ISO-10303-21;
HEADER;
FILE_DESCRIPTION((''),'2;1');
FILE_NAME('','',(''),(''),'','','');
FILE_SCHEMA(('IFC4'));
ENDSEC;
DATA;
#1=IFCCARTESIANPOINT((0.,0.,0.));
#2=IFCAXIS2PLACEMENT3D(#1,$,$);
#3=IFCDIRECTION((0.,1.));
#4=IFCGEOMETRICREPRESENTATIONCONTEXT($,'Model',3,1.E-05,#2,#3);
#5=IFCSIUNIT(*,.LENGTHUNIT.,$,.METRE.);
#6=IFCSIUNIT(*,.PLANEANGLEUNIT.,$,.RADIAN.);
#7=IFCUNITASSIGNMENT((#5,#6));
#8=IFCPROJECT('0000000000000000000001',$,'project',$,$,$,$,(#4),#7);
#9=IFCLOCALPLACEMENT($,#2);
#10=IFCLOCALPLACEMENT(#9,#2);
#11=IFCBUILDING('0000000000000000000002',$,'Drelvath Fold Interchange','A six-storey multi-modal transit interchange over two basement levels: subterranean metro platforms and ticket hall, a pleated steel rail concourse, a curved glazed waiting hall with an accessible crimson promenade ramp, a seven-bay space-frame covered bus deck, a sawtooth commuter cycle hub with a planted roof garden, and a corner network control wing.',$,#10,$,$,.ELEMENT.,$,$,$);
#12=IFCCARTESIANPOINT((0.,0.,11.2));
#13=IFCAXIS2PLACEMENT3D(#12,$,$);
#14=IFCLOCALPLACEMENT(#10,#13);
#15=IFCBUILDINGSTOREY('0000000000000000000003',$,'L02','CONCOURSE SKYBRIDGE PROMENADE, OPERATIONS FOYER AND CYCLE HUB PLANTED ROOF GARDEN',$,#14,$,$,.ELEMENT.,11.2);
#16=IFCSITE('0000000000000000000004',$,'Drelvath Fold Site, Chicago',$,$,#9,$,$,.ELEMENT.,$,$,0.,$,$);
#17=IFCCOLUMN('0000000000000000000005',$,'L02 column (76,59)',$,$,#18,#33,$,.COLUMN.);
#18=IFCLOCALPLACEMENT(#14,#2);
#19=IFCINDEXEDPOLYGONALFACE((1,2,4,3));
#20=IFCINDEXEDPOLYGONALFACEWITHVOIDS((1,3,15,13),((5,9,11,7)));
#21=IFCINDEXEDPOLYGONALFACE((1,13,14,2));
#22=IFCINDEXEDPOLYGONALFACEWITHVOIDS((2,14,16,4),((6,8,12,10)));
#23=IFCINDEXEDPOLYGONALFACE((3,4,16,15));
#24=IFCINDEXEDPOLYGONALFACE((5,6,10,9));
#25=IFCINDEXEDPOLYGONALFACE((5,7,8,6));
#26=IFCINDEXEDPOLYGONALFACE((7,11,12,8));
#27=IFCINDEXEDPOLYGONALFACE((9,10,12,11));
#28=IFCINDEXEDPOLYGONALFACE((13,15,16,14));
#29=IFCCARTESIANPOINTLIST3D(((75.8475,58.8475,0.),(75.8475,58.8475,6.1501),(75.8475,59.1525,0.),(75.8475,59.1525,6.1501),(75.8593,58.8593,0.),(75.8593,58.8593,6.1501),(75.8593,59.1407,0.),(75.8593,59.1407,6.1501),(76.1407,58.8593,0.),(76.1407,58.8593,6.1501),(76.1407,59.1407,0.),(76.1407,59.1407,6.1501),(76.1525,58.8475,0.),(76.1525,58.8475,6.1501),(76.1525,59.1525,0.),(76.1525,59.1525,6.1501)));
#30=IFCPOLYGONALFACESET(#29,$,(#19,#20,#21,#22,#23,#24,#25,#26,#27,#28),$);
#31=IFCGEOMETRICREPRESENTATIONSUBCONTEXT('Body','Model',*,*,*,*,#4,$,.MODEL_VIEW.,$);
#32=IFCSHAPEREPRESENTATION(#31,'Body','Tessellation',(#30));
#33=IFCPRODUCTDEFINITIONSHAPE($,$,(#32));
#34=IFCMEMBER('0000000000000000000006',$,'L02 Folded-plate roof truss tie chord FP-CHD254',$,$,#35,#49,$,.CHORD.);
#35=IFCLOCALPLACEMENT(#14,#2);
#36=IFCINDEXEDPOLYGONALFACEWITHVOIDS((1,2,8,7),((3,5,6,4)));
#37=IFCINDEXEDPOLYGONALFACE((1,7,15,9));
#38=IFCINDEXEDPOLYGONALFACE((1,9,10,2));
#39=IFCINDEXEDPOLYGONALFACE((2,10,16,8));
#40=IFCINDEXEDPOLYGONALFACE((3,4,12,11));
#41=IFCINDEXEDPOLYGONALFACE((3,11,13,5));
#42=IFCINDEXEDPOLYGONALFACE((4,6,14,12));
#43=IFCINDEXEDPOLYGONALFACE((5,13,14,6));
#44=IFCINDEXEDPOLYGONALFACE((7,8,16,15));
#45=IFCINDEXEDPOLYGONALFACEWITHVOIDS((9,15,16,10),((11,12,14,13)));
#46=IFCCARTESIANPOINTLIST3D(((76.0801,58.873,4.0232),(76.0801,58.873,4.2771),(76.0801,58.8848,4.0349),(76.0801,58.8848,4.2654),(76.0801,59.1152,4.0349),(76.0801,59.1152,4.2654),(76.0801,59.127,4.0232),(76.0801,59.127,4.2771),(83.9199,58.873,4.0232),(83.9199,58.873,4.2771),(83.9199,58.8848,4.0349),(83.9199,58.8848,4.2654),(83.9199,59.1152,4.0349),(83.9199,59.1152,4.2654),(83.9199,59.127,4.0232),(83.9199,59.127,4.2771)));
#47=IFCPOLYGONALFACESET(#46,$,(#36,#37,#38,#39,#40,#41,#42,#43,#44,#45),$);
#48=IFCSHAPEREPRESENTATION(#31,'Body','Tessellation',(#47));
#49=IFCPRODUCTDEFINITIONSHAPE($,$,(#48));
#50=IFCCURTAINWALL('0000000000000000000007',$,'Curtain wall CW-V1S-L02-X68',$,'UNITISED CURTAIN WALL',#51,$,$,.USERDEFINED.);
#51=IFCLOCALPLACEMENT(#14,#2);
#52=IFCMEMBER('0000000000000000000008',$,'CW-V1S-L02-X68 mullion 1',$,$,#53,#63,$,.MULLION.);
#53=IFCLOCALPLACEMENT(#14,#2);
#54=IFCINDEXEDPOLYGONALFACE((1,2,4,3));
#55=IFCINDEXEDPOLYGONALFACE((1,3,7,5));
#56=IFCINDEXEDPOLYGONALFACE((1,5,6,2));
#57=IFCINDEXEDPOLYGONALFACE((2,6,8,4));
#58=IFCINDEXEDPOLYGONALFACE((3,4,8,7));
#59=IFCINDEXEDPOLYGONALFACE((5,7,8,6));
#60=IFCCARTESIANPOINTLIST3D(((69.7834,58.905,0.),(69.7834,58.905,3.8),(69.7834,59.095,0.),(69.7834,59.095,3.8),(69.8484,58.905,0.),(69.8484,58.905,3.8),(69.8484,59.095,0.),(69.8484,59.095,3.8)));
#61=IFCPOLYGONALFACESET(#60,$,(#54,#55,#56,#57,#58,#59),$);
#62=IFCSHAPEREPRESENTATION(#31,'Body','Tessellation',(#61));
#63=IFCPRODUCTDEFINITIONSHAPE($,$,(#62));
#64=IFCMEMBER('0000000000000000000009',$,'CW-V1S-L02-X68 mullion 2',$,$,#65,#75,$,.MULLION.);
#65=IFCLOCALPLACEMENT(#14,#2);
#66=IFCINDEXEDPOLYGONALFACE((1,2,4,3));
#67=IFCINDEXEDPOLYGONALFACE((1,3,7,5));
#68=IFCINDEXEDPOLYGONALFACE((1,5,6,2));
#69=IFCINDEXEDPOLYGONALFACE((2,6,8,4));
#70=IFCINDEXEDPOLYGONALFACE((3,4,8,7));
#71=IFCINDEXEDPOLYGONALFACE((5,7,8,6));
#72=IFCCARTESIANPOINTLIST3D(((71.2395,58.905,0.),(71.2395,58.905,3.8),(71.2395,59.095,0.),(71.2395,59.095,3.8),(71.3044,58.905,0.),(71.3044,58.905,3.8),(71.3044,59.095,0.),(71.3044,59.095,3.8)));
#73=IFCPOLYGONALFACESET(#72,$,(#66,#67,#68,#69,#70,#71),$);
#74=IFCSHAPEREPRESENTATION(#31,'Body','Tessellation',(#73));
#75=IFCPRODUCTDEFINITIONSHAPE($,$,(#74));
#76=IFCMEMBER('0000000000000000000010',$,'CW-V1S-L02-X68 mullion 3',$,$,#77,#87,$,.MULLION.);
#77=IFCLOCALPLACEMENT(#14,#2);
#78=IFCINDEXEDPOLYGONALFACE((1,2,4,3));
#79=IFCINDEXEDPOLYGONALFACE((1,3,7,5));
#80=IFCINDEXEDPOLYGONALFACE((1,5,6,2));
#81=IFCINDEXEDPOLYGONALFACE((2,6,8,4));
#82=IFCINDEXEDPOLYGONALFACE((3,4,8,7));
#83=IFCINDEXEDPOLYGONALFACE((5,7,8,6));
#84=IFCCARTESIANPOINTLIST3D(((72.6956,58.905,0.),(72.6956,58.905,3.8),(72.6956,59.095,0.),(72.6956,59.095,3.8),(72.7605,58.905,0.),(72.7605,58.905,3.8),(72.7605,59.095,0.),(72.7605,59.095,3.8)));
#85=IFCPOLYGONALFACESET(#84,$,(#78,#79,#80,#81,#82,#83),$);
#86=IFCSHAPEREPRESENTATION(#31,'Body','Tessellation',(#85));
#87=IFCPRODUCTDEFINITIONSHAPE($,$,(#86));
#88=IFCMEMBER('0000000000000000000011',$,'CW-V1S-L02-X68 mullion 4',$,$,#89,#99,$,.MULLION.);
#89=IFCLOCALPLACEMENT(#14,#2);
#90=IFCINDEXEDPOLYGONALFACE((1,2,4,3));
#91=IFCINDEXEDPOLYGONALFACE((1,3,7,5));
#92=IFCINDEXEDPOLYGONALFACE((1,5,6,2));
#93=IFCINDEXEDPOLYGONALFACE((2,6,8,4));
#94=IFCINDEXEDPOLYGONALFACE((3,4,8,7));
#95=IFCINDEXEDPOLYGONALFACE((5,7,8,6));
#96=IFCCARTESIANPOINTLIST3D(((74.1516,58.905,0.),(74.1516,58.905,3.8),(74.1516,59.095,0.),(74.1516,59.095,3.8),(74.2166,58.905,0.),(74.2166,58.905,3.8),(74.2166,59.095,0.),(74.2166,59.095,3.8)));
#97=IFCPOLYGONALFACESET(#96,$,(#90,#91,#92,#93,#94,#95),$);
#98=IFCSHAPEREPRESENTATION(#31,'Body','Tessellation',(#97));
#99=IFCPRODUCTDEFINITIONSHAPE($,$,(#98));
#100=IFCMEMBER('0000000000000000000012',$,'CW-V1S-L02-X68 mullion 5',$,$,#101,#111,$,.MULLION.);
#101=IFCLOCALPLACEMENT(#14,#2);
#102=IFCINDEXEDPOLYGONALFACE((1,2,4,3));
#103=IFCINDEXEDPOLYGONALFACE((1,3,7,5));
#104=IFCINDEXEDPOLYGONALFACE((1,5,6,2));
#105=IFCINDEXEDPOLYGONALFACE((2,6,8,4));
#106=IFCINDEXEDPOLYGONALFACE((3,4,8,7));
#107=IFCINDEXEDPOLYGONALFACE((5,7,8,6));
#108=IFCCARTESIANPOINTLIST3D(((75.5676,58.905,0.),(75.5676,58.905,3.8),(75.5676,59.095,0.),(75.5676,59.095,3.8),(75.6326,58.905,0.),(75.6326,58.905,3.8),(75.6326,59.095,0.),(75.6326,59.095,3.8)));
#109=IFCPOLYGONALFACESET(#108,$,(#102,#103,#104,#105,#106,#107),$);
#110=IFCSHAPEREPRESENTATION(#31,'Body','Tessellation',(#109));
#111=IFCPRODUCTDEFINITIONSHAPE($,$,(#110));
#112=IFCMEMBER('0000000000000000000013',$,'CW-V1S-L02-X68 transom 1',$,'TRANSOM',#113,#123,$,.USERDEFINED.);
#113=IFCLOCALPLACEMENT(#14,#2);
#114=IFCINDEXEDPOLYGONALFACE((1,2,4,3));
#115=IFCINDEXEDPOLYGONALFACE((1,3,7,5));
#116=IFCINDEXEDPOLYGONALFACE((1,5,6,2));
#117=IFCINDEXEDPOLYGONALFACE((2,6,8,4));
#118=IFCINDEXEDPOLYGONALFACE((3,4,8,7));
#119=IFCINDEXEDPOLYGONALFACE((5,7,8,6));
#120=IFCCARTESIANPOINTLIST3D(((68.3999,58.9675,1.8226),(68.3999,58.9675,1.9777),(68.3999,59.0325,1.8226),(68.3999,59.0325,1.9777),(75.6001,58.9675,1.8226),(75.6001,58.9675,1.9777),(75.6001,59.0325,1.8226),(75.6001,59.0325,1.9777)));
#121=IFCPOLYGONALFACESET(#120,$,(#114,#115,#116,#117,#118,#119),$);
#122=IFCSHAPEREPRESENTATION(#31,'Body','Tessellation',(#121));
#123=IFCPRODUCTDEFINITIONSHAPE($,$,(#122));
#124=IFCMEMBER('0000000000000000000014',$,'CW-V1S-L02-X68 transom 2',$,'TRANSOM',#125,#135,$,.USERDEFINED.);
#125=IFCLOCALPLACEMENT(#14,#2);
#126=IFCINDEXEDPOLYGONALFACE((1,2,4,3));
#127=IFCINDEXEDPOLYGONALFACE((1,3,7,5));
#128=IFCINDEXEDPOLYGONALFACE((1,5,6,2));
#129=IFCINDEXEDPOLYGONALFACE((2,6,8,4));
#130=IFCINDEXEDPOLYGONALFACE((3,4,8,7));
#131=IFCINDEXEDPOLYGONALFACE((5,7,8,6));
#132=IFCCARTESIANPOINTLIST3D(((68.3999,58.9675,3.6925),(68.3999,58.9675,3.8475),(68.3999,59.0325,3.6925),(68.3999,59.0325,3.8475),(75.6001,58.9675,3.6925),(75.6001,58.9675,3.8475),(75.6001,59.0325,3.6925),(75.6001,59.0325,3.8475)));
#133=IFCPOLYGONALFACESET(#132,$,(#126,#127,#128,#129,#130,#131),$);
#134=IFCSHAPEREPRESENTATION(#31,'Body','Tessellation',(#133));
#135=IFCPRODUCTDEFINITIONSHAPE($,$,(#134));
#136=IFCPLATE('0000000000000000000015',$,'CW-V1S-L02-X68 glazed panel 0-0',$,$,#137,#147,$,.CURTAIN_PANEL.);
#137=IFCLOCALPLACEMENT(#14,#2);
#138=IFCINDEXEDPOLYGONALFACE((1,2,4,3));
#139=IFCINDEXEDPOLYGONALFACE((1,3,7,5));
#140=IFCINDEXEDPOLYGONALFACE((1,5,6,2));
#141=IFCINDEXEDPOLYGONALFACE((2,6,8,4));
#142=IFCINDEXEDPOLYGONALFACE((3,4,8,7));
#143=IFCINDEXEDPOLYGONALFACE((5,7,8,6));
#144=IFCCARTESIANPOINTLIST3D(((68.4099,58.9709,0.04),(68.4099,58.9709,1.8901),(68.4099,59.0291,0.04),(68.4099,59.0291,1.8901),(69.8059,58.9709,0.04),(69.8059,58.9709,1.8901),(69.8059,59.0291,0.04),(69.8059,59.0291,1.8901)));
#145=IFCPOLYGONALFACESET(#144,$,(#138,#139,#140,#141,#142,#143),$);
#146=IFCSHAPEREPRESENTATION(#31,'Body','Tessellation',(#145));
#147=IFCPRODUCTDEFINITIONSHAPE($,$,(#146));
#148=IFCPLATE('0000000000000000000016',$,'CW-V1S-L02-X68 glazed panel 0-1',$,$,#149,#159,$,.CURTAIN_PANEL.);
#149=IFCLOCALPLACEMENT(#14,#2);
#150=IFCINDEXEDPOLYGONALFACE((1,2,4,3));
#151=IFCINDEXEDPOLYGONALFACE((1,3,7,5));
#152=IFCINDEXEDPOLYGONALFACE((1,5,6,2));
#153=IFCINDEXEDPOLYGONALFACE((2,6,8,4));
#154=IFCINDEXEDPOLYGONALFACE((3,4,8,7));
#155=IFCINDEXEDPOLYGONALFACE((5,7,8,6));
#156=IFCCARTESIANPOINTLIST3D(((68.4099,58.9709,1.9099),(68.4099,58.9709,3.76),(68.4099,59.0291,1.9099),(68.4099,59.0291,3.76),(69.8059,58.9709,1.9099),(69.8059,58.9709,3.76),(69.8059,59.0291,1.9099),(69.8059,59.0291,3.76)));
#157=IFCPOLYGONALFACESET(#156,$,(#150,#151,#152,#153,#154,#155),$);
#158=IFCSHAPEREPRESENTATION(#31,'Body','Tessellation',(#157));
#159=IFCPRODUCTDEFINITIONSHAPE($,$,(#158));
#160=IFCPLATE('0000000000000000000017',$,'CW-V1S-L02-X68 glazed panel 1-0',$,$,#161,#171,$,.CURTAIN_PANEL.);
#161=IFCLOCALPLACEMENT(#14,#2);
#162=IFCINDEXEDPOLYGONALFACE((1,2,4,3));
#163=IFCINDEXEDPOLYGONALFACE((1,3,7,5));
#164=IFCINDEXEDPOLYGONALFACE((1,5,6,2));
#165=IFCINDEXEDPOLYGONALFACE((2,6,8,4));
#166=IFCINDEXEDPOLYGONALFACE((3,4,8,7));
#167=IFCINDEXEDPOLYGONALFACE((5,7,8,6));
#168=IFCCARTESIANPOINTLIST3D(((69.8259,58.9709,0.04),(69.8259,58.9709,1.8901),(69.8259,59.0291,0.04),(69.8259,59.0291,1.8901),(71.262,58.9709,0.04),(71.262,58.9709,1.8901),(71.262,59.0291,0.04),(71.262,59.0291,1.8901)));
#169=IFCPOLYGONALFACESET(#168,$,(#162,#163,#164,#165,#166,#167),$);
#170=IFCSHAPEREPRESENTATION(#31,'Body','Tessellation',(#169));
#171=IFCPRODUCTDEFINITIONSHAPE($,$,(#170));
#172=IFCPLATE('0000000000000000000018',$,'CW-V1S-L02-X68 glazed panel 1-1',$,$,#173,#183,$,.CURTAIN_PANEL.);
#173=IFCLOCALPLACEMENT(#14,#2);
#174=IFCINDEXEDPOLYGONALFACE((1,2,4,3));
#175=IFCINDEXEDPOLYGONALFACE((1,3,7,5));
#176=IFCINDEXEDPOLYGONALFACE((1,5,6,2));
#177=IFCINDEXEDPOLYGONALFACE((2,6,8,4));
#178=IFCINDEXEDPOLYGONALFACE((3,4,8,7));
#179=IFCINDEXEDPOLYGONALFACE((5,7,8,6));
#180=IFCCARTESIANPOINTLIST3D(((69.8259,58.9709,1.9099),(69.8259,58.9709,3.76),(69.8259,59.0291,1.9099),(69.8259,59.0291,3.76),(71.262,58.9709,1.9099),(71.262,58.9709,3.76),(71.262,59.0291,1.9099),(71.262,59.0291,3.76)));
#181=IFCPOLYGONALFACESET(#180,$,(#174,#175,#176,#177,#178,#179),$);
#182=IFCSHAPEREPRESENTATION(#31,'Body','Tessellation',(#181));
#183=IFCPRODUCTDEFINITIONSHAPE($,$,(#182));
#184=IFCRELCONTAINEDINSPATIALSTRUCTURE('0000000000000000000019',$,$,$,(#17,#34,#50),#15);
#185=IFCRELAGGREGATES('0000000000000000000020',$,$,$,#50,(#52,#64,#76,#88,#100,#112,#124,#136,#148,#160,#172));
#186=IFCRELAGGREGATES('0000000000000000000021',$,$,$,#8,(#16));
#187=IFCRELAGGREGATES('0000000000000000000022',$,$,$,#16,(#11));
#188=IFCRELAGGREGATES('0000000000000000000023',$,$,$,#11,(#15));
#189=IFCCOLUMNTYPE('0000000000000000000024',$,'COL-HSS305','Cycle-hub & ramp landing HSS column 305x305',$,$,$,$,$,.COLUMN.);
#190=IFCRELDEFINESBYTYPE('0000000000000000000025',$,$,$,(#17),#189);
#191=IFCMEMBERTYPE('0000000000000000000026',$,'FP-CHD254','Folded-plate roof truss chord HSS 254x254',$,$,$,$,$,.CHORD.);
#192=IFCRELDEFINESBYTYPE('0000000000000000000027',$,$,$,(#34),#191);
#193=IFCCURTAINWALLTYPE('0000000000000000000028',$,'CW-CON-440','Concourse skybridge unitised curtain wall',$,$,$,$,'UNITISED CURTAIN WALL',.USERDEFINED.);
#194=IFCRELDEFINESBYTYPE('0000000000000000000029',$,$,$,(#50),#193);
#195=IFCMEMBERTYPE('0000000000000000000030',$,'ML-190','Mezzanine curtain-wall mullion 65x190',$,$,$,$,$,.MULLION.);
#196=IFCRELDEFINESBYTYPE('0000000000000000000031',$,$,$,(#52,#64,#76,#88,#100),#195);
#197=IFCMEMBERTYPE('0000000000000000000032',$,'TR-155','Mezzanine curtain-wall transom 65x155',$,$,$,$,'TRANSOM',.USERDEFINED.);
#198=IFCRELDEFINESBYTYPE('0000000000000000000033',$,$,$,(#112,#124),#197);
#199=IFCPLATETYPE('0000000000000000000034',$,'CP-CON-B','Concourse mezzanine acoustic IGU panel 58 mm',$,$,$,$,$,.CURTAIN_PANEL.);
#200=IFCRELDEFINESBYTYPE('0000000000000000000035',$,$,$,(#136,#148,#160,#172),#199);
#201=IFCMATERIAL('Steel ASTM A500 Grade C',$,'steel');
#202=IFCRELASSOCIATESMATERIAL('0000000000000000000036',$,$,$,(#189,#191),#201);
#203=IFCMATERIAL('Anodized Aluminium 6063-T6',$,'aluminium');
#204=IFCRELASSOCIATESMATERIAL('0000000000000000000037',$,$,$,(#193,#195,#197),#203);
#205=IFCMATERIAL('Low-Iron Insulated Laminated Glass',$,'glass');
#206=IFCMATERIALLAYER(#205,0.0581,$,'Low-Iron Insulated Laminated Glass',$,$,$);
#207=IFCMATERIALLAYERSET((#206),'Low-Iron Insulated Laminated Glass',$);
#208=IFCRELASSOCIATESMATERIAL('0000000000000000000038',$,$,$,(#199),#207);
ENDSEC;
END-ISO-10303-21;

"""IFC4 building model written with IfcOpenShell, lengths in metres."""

from ifc_helpers import new_model, si_unit, direction, frame, origin, origin_2d, place, context, subcontext, project, spatial, rectangle, hollow_rectangle, extrude, material, layer, layer_set, material_profile, profile_set, type_object, element, aggregate, save


model = new_model("IFC4")

# Units and contexts
model_context = context("Model", 3, precision=1e-05, world=origin(), true_north=direction((0.0, 1.0)))
body_context = subcontext(model_context, "Body", "Model", "MODEL_VIEW")
ifc_project = project(units=[si_unit("LENGTHUNIT", "METRE"), si_unit("PLANEANGLEUNIT", "RADIAN")], contexts=[model_context])

# Site, building, storey
site_placement = place(None, origin())
site = spatial("IfcSite", under=ifc_project, at=site_placement, Name="Drelvath Fold Site, Chicago", CompositionType="ELEMENT", RefElevation=0.0)
building_placement = place(site_placement, origin())
building = spatial("IfcBuilding", under=site, at=building_placement, Name="Drelvath Fold Interchange", Description="A six-storey multi-modal transit interchange over two basement levels: subterranean metro platforms and ticket hall, a pleated steel rail concourse, a curved glazed waiting hall with an accessible crimson promenade ramp, a seven-bay space-frame covered bus deck, a sawtooth commuter cycle hub with a planted roof garden, and a corner network control wing.", CompositionType="ELEMENT")
storey_placement = place(building_placement, frame((0.0, 0.0, 11.2)))
storey = spatial("IfcBuildingStorey", under=building, at=storey_placement, Name="L02", Description="CONCOURSE SKYBRIDGE PROMENADE, OPERATIONS FOYER AND CYCLE HUB PLANTED ROOF GARDEN", CompositionType="ELEMENT", Elevation=11.2)

# Column
ifc_material_1 = material(Name="Steel ASTM A500 Grade C", Category="steel")
ifc_material_profile_1 = material_profile(ifc_material_1, hollow_rectangle(XDim=0.3049, YDim=0.3049, WallThickness=0.0117, at=origin_2d()), Name="HSS12X12X1/2")
ifc_profile_set_1 = profile_set([ifc_material_profile_1], Name="Steel ASTM A500 Grade C")
column_type = type_object("IfcColumnType", Name="COL-HSS305", Description="Cycle-hub & ramp landing HSS column 305x305", PredefinedType="COLUMN", material=ifc_profile_set_1)
column_placement = place(storey_placement, frame((76.0, 59.0, 0.0), z_axis=(0.0, 0.0, 1.0), x_axis=(1.0, 0.0, 0.0)))
element("IfcColumn", 1, at=column_placement, inside=storey, type_object=column_type, Name="L02 column (76,59)", PredefinedType="COLUMN", context=body_context, shape_type="SweptSolid", body=[
    extrude(hollow_rectangle(XDim=0.3049, YDim=0.3049, WallThickness=0.0117, at=origin_2d()), origin(), (0.0, 0.0, 1.0), 6.1501),
])

# Member
ifc_material_profile_2 = material_profile(ifc_material_1, hollow_rectangle(XDim=0.2539, YDim=0.2539, WallThickness=0.0117, at=origin_2d()), Name="HSS10X10X1/2")
ifc_profile_set_2 = profile_set([ifc_material_profile_2], Name="Steel ASTM A500 Grade C")
member_type_1 = type_object("IfcMemberType", Name="FP-CHD254", Description="Folded-plate roof truss chord HSS 254x254", PredefinedType="CHORD", material=ifc_profile_set_2)
member_1_placement = place(storey_placement, frame((76.0801, 59.0, 4.1501), z_axis=(1.0, 0.0, 0.0), x_axis=(0.0, 1.0, 0.0)))
element("IfcMember", 2, at=member_1_placement, inside=storey, type_object=member_type_1, Name="L02 Folded-plate roof truss tie chord FP-CHD254", PredefinedType="CHORD", context=body_context, shape_type="SweptSolid", body=[
    extrude(hollow_rectangle(XDim=0.2539, YDim=0.2539, WallThickness=0.0117, at=origin_2d()), origin(), (0.0, 0.0, 1.0), 7.8398),
])

# Curtain wall, members, plates
ifc_material_2 = material(Name="Anodized Aluminium 6063-T6", Category="aluminium")
curtain_wall_type = type_object("IfcCurtainWallType", Name="CW-CON-440", Description="Concourse skybridge unitised curtain wall", ElementType="UNITISED CURTAIN WALL", PredefinedType="USERDEFINED", material=ifc_material_2)
curtain_wall_placement = place(storey_placement, origin())
curtain_wall = element("IfcCurtainWall", 3, at=curtain_wall_placement, inside=storey, type_object=curtain_wall_type, Name="Curtain wall CW-V1S-L02-X68", ObjectType="UNITISED CURTAIN WALL", PredefinedType="USERDEFINED")
ifc_material_profile_3 = material_profile(ifc_material_2, rectangle(XDim=0.0649, YDim=0.1899, at=origin_2d()), Name="AL-M 65x190")
ifc_profile_set_3 = profile_set([ifc_material_profile_3], Name="Anodized Aluminium 6063-T6")
member_type_2 = type_object("IfcMemberType", Name="ML-190", Description="Mezzanine curtain-wall mullion 65x190", PredefinedType="MULLION", material=ifc_profile_set_3)
member_2_placement = place(storey_placement, frame((69.8159, 59.0, 0.0), z_axis=(0.0, 0.0, 1.0), x_axis=(1.0, 0.0, 0.0)))
member_2 = element("IfcMember", 4, at=member_2_placement, type_object=member_type_2, Name="CW-V1S-L02-X68 mullion 1", PredefinedType="MULLION", context=body_context, shape_type="SweptSolid", body=[
    extrude(rectangle(XDim=0.0649, YDim=0.1899, at=origin_2d()), origin(), (0.0, 0.0, 1.0), 3.8),
])
member_3_placement = place(storey_placement, frame((71.272, 59.0, 0.0), z_axis=(0.0, 0.0, 1.0), x_axis=(1.0, 0.0, 0.0)))
member_3 = element("IfcMember", 5, at=member_3_placement, type_object=member_type_2, Name="CW-V1S-L02-X68 mullion 2", PredefinedType="MULLION", context=body_context, shape_type="SweptSolid", body=[
    extrude(rectangle(XDim=0.0649, YDim=0.1899, at=origin_2d()), origin(), (0.0, 0.0, 1.0), 3.8),
])
member_4_placement = place(storey_placement, frame((72.728, 59.0, 0.0), z_axis=(0.0, 0.0, 1.0), x_axis=(1.0, 0.0, 0.0)))
member_4 = element("IfcMember", 6, at=member_4_placement, type_object=member_type_2, Name="CW-V1S-L02-X68 mullion 3", PredefinedType="MULLION", context=body_context, shape_type="SweptSolid", body=[
    extrude(rectangle(XDim=0.0649, YDim=0.1899, at=origin_2d()), origin(), (0.0, 0.0, 1.0), 3.8),
])
member_5_placement = place(storey_placement, frame((74.1841, 59.0, 0.0), z_axis=(0.0, 0.0, 1.0), x_axis=(1.0, 0.0, 0.0)))
member_5 = element("IfcMember", 7, at=member_5_placement, type_object=member_type_2, Name="CW-V1S-L02-X68 mullion 4", PredefinedType="MULLION", context=body_context, shape_type="SweptSolid", body=[
    extrude(rectangle(XDim=0.0649, YDim=0.1899, at=origin_2d()), origin(), (0.0, 0.0, 1.0), 3.8),
])
member_6_placement = place(storey_placement, frame((75.6001, 59.0, 0.0), z_axis=(0.0, 0.0, 1.0), x_axis=(1.0, 0.0, 0.0)))
member_6 = element("IfcMember", 8, at=member_6_placement, type_object=member_type_2, Name="CW-V1S-L02-X68 mullion 5", PredefinedType="MULLION", context=body_context, shape_type="SweptSolid", body=[
    extrude(rectangle(XDim=0.0649, YDim=0.1899, at=origin_2d()), origin(), (0.0, 0.0, 1.0), 3.8),
])
ifc_material_profile_4 = material_profile(ifc_material_2, rectangle(XDim=0.0649, YDim=0.155, at=origin_2d()), Name="AL-T 65x155")
ifc_profile_set_4 = profile_set([ifc_material_profile_4], Name="Anodized Aluminium 6063-T6")
member_type_3 = type_object("IfcMemberType", Name="TR-155", Description="Mezzanine curtain-wall transom 65x155", ElementType="TRANSOM", PredefinedType="USERDEFINED", material=ifc_profile_set_4)
member_7_placement = place(storey_placement, frame((68.3999, 59.0, 1.9001), z_axis=(1.0, 0.0, 0.0), x_axis=(0.0, 1.0, 0.0)))
member_7 = element("IfcMember", 9, at=member_7_placement, type_object=member_type_3, Name="CW-V1S-L02-X68 transom 1", ObjectType="TRANSOM", PredefinedType="USERDEFINED", context=body_context, shape_type="SweptSolid", body=[
    extrude(rectangle(XDim=0.0649, YDim=0.155, at=origin_2d()), origin(), (0.0, 0.0, 1.0), 7.2002),
])
member_8_placement = place(storey_placement, frame((68.3999, 59.0, 3.77), z_axis=(1.0, 0.0, 0.0), x_axis=(0.0, 1.0, 0.0)))
member_8 = element("IfcMember", 10, at=member_8_placement, type_object=member_type_3, Name="CW-V1S-L02-X68 transom 2", ObjectType="TRANSOM", PredefinedType="USERDEFINED", context=body_context, shape_type="SweptSolid", body=[
    extrude(rectangle(XDim=0.0649, YDim=0.155, at=origin_2d()), origin(), (0.0, 0.0, 1.0), 7.2002),
])
ifc_material_3 = material(Name="Low-Iron Insulated Laminated Glass", Category="glass")
ifc_layer = layer(ifc_material_3, 0.0581, Name="Low-Iron Insulated Laminated Glass")
ifc_layer_set = layer_set([ifc_layer], Name="Low-Iron Insulated Laminated Glass")
plate_type = type_object("IfcPlateType", Name="CP-CON-B", Description="Concourse mezzanine acoustic IGU panel 58 mm", PredefinedType="CURTAIN_PANEL", material=ifc_layer_set)
plate_1_placement = place(storey_placement, frame((69.1079, 59.0, 0.04), z_axis=(0.0, 0.0, 1.0), x_axis=(1.0, 0.0, 0.0)))
plate_1 = element("IfcPlate", 11, at=plate_1_placement, type_object=plate_type, Name="CW-V1S-L02-X68 glazed panel 0-0", PredefinedType="CURTAIN_PANEL", context=body_context, shape_type="SweptSolid", body=[
    extrude(rectangle(XDim=1.396, YDim=0.0581, at=origin_2d()), origin(), (0.0, 0.0, 1.0), 1.8501),
])
plate_2_placement = place(storey_placement, frame((69.1079, 59.0, 1.9099), z_axis=(0.0, 0.0, 1.0), x_axis=(1.0, 0.0, 0.0)))
plate_2 = element("IfcPlate", 12, at=plate_2_placement, type_object=plate_type, Name="CW-V1S-L02-X68 glazed panel 0-1", PredefinedType="CURTAIN_PANEL", context=body_context, shape_type="SweptSolid", body=[
    extrude(rectangle(XDim=1.396, YDim=0.0581, at=origin_2d()), origin(), (0.0, 0.0, 1.0), 1.8501),
])
plate_3_placement = place(storey_placement, frame((70.5439, 59.0, 0.04), z_axis=(0.0, 0.0, 1.0), x_axis=(1.0, 0.0, 0.0)))
plate_3 = element("IfcPlate", 13, at=plate_3_placement, type_object=plate_type, Name="CW-V1S-L02-X68 glazed panel 1-0", PredefinedType="CURTAIN_PANEL", context=body_context, shape_type="SweptSolid", body=[
    extrude(rectangle(XDim=1.436, YDim=0.0581, at=origin_2d()), origin(), (0.0, 0.0, 1.0), 1.8501),
])
plate_4_placement = place(storey_placement, frame((70.5439, 59.0, 1.9099), z_axis=(0.0, 0.0, 1.0), x_axis=(1.0, 0.0, 0.0)))
plate_4 = element("IfcPlate", 14, at=plate_4_placement, type_object=plate_type, Name="CW-V1S-L02-X68 glazed panel 1-1", PredefinedType="CURTAIN_PANEL", context=body_context, shape_type="SweptSolid", body=[
    extrude(rectangle(XDim=1.436, YDim=0.0581, at=origin_2d()), origin(), (0.0, 0.0, 1.0), 1.8501),
])
aggregate(curtain_wall, [member_2, member_3, member_4, member_5, member_6, member_7, member_8, plate_1, plate_2, plate_3, plate_4])

save(model, "model.ifc")
